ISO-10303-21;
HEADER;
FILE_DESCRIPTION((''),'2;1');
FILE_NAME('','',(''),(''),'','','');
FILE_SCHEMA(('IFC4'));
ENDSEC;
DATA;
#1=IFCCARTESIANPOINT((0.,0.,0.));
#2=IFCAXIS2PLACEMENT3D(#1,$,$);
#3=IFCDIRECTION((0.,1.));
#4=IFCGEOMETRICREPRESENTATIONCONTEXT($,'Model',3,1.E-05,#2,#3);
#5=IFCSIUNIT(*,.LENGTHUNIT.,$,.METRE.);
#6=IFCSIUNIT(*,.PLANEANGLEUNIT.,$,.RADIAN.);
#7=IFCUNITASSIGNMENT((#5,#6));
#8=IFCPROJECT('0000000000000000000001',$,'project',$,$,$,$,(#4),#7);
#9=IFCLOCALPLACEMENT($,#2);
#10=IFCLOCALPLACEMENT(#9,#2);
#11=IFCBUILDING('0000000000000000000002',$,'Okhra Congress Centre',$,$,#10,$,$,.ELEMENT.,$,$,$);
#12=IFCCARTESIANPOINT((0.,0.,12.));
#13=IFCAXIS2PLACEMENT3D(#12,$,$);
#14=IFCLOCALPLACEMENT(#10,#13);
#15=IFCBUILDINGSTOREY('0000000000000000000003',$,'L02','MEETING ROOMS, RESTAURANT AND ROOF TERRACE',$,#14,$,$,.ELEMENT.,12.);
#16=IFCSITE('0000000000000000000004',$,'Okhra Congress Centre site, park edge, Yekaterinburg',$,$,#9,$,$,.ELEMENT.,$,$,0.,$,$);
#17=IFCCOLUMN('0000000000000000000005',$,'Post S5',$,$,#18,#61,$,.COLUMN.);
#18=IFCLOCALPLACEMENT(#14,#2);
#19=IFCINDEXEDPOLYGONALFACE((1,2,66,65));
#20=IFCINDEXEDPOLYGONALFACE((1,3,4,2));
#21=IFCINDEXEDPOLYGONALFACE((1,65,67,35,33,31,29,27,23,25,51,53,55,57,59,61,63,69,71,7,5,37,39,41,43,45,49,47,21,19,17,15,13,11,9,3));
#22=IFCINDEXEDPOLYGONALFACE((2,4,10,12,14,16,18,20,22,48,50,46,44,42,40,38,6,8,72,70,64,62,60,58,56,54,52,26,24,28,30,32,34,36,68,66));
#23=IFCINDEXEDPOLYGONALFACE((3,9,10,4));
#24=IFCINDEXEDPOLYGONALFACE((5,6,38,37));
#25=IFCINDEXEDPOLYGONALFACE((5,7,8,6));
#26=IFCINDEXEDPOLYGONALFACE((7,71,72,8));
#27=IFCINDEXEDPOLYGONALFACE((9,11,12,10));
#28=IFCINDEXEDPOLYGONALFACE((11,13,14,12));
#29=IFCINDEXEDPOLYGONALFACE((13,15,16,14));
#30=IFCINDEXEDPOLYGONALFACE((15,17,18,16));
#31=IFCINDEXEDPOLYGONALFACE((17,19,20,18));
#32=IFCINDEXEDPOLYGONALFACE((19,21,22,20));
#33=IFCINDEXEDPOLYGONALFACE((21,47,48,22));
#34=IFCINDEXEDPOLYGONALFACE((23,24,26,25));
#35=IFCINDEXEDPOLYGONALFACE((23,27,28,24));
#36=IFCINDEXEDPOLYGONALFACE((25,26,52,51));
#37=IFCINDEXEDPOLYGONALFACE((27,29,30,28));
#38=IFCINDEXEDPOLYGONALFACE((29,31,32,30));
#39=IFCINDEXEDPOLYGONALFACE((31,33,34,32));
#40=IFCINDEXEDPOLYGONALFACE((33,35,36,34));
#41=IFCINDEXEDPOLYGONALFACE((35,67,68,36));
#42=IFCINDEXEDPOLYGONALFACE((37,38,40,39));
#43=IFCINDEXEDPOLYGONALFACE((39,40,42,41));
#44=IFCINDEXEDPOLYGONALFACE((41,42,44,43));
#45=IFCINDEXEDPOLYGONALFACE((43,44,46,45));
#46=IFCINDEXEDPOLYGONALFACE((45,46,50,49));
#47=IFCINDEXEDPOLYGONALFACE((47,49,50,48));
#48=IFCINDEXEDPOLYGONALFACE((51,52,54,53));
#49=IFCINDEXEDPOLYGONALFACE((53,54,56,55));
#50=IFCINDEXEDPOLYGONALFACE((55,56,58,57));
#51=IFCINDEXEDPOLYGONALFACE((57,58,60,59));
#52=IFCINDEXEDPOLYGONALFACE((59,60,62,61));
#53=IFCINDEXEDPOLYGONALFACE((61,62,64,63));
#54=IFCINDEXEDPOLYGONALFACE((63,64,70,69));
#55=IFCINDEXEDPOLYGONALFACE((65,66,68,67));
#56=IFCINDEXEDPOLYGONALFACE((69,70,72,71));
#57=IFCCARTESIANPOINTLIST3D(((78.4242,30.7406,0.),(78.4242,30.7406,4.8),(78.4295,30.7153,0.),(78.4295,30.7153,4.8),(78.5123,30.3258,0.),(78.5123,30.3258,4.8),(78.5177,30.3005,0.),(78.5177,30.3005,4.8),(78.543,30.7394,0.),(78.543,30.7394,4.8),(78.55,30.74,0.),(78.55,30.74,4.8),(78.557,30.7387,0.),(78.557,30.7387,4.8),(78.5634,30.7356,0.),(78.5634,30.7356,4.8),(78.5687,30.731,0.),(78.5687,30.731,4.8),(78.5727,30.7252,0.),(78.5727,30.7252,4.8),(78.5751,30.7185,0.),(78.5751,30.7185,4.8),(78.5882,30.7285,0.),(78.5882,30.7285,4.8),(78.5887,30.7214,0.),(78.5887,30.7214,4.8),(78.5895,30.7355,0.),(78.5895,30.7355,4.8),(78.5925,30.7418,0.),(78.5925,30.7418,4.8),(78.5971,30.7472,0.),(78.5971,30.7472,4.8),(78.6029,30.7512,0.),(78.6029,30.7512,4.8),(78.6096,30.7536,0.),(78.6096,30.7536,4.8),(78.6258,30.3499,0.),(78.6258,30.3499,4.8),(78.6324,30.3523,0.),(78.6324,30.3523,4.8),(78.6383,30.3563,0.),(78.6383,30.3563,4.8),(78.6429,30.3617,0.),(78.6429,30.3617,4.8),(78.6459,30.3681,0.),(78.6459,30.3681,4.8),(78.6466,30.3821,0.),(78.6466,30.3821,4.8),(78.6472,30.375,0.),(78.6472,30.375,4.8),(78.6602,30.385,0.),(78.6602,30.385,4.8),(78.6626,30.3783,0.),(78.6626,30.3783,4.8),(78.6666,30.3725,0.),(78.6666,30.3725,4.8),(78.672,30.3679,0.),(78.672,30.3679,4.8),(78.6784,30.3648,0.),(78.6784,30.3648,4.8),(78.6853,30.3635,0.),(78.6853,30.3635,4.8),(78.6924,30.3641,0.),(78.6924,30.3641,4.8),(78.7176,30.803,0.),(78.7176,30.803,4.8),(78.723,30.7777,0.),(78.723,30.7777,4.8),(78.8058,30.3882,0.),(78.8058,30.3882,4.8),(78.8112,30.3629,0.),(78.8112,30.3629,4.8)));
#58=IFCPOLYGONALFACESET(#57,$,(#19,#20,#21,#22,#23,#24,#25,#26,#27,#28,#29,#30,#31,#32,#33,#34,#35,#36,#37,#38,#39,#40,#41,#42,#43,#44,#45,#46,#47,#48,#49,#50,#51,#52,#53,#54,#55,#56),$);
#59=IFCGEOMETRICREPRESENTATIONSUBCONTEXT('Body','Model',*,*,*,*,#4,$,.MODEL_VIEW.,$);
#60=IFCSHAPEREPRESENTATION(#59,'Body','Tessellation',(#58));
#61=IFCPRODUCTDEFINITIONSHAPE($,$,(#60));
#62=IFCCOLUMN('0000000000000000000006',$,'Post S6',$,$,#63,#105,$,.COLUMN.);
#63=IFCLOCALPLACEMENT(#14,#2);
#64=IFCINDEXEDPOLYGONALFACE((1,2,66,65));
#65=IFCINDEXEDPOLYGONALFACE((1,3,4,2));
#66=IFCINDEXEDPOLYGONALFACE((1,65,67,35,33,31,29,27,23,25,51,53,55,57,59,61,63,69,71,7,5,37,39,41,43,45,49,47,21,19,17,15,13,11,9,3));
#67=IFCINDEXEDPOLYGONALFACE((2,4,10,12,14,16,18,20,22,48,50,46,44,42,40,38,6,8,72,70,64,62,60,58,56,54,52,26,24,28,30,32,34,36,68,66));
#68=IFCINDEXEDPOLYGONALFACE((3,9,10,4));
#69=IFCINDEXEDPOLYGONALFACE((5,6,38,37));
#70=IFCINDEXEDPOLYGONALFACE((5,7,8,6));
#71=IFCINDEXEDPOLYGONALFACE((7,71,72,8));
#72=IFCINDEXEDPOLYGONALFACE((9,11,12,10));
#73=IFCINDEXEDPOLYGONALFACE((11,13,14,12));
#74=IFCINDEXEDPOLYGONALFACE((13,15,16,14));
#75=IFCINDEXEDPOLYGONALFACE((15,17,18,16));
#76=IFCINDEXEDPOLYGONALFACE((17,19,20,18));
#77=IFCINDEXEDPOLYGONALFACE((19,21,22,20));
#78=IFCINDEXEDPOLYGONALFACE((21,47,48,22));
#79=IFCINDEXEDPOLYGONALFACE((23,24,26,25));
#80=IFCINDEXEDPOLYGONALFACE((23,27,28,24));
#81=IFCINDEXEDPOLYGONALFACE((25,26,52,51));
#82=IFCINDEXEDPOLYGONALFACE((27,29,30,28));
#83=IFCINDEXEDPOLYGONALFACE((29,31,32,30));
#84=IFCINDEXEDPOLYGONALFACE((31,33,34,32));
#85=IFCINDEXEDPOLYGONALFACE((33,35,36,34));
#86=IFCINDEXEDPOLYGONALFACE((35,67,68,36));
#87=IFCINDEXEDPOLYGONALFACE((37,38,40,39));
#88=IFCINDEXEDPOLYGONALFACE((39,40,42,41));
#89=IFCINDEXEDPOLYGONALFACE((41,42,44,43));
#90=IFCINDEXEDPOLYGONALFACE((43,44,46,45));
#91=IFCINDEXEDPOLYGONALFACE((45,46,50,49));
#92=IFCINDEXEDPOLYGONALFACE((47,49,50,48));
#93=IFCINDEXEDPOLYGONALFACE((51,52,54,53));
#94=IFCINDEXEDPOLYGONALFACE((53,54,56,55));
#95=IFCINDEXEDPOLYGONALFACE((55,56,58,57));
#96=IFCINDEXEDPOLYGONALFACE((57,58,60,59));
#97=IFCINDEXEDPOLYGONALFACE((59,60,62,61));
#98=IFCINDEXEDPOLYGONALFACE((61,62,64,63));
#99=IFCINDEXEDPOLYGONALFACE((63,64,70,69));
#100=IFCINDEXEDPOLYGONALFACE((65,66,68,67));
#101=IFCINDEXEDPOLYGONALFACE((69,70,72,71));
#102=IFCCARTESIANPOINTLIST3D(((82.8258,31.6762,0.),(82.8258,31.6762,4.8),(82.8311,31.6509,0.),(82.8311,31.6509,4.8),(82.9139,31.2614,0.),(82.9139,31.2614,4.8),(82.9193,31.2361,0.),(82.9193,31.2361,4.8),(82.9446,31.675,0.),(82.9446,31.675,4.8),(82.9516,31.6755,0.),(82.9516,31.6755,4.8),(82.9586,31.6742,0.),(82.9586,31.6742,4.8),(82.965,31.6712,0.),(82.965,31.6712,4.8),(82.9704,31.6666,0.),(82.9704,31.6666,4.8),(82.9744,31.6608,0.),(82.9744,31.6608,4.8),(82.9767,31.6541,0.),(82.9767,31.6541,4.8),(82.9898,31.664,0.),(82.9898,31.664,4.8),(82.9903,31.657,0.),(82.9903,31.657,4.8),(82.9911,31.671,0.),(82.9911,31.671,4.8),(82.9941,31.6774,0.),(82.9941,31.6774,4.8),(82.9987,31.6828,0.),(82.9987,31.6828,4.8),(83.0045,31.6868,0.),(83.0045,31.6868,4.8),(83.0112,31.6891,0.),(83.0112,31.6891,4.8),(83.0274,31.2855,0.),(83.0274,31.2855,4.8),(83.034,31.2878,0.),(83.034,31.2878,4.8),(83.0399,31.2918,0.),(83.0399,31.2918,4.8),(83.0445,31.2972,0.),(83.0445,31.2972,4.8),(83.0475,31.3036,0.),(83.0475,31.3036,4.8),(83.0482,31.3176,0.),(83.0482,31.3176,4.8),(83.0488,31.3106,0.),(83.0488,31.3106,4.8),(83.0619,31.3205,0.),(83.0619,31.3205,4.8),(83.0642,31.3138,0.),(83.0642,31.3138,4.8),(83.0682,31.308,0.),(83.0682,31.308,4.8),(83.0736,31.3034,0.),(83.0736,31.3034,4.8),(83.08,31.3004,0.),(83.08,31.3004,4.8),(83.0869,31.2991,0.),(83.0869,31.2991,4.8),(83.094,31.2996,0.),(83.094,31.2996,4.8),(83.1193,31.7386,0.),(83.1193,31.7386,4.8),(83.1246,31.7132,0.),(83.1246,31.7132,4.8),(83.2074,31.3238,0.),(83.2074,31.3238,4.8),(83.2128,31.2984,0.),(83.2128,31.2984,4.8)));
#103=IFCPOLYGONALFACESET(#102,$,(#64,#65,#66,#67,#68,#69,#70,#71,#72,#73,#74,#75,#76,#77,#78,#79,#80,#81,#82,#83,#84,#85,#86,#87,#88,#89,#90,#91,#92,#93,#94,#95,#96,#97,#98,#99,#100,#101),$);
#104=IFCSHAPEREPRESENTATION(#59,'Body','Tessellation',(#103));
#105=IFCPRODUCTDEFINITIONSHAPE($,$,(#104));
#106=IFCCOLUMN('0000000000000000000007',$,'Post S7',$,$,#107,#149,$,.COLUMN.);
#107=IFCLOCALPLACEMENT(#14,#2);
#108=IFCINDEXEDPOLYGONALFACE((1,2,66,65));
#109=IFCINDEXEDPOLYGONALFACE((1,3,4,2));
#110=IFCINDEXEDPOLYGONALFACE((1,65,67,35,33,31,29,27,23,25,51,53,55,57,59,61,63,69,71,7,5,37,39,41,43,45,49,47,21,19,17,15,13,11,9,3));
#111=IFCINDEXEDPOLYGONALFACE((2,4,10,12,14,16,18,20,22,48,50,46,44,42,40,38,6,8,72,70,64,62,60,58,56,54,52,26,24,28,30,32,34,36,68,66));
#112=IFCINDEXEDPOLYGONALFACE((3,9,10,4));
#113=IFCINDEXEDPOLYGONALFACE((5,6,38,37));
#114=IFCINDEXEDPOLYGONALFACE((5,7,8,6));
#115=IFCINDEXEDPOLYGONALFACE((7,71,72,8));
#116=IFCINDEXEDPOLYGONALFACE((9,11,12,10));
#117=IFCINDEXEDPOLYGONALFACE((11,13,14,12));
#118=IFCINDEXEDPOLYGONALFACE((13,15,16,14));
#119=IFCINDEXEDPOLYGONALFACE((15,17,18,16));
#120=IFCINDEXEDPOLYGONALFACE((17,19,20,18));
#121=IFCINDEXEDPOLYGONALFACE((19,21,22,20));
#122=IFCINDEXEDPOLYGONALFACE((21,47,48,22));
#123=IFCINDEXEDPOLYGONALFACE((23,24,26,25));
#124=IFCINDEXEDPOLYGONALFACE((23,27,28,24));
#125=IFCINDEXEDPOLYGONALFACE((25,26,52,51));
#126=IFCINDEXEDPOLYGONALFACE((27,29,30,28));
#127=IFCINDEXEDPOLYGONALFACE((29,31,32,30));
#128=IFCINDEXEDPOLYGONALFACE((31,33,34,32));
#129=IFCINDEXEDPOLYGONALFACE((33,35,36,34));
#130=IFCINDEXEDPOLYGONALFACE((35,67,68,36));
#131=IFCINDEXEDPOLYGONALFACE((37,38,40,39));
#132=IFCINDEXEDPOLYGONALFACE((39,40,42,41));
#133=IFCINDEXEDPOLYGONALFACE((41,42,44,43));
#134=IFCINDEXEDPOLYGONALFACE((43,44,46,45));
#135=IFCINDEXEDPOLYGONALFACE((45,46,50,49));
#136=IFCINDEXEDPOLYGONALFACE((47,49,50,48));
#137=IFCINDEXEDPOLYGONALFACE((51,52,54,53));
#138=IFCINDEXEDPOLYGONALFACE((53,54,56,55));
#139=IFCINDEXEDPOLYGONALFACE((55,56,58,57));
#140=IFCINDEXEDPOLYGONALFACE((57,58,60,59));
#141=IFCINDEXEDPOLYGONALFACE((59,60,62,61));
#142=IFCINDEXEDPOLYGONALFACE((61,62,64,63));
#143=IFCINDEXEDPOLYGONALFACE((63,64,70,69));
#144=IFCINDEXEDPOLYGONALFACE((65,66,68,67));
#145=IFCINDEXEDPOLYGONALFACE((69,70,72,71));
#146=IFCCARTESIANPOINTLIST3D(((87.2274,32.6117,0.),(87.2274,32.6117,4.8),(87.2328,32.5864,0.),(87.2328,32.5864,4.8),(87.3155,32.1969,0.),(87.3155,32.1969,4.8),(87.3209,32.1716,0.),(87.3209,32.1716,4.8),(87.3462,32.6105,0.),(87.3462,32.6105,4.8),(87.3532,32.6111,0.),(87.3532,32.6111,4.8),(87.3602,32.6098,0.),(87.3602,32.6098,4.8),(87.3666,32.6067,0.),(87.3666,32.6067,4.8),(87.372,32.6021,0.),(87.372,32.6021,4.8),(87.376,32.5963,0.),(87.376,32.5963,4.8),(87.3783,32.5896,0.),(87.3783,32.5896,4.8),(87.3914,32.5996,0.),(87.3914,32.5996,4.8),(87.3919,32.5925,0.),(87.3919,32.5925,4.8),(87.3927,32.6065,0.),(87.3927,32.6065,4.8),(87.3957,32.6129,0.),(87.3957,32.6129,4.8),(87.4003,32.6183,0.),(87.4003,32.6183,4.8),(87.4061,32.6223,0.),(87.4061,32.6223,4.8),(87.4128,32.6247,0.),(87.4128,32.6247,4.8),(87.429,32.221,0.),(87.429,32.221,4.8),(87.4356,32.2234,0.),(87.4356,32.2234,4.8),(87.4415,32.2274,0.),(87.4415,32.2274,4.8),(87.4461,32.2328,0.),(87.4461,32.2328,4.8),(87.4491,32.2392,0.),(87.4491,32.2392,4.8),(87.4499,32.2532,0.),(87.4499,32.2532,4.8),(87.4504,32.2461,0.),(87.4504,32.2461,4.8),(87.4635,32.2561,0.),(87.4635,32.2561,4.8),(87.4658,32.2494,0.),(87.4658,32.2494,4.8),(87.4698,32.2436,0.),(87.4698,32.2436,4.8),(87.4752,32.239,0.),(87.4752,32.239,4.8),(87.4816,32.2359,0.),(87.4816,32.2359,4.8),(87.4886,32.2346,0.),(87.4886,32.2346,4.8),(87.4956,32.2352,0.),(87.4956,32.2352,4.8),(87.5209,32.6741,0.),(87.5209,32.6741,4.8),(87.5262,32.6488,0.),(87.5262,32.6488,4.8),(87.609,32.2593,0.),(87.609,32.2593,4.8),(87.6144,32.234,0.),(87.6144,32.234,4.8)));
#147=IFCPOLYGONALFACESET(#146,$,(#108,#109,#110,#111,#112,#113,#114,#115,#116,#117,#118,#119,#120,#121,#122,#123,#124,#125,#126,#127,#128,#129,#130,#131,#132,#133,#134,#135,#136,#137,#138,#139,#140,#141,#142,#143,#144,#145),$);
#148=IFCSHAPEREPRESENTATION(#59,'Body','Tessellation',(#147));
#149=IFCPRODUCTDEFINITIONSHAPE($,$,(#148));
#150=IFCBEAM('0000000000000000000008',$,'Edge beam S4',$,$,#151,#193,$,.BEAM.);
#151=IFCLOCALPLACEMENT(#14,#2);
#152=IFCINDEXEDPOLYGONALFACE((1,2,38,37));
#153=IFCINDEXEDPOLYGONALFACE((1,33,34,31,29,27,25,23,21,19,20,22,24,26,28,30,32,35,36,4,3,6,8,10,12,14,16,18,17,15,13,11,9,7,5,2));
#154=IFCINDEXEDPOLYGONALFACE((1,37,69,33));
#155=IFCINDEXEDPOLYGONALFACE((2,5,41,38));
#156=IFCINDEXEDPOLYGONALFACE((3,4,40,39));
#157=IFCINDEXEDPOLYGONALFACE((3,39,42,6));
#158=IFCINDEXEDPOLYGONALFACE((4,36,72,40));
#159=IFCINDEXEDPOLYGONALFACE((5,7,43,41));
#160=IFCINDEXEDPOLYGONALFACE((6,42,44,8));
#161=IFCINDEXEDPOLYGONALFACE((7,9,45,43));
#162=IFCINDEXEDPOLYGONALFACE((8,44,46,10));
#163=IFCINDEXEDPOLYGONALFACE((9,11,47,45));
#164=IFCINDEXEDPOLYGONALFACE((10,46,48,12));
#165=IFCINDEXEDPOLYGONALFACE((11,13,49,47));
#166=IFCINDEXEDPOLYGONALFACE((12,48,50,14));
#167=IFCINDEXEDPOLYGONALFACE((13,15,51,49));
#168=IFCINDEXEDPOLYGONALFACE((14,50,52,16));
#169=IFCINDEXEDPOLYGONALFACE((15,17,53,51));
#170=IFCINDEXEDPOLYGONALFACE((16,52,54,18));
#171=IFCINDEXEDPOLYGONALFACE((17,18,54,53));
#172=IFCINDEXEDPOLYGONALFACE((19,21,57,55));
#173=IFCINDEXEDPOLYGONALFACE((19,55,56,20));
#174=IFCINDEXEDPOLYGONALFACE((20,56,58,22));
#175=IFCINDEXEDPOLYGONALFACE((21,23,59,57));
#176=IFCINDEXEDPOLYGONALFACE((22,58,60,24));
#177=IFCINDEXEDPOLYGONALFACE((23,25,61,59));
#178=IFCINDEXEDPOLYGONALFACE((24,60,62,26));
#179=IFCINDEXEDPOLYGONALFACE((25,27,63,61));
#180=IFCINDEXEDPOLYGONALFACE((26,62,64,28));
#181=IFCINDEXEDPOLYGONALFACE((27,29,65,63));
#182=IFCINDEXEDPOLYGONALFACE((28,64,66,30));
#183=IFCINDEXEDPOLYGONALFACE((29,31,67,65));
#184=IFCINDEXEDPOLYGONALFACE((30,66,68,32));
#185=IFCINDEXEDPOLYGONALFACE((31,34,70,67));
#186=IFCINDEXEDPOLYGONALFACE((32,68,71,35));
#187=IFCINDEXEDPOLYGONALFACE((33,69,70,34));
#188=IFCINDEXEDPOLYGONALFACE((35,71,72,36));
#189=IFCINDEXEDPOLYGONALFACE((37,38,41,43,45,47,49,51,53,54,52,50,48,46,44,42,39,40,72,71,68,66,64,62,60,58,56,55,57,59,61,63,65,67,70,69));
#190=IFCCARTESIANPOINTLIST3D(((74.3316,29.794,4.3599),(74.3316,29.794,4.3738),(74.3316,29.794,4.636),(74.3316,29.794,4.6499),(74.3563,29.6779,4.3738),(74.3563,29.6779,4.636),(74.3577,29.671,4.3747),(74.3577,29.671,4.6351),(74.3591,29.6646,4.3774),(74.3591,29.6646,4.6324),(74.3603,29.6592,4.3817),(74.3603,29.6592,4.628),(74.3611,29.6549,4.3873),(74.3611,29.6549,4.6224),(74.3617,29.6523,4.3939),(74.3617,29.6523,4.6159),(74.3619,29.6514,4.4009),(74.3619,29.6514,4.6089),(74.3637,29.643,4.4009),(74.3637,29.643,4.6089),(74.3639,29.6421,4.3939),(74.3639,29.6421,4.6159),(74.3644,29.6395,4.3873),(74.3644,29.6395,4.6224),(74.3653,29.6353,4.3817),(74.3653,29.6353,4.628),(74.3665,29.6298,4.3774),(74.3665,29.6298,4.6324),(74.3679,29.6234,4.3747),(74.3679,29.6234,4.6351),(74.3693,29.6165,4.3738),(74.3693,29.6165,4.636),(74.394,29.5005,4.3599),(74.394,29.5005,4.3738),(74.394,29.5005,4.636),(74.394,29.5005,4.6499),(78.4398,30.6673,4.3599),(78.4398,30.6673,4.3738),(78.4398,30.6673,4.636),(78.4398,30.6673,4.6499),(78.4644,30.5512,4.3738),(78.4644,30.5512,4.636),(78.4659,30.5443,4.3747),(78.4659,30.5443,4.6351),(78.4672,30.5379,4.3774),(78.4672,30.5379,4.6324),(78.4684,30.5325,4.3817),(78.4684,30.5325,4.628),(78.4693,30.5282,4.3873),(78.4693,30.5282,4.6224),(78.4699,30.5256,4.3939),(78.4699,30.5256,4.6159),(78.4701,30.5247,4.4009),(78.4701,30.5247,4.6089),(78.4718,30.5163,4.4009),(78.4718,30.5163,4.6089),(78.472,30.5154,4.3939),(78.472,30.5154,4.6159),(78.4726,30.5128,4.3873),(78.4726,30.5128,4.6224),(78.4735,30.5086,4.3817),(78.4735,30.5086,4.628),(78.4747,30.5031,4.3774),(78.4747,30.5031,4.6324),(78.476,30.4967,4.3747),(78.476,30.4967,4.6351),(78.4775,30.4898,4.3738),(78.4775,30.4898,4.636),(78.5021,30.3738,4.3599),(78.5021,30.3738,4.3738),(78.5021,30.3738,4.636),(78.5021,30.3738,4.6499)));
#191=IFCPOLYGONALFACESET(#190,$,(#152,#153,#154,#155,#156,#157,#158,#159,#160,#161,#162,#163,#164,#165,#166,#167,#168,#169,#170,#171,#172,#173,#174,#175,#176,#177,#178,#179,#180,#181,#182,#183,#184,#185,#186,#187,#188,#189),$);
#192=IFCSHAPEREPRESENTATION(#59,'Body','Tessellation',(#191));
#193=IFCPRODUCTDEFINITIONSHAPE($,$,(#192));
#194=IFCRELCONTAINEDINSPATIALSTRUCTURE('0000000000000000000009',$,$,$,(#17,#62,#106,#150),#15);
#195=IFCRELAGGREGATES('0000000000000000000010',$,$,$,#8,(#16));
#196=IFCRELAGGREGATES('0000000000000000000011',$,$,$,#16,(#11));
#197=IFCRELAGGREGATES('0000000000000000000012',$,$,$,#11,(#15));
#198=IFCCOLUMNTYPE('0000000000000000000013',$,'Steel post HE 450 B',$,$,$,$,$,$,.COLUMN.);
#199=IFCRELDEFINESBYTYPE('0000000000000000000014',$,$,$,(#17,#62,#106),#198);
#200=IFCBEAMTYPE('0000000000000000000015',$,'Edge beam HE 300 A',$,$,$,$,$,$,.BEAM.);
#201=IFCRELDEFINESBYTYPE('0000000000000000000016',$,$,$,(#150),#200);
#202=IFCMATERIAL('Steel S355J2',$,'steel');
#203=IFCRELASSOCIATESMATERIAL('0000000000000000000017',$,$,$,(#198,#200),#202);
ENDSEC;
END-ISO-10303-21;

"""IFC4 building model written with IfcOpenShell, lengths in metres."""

from ifc_helpers import new_model, si_unit, direction, frame, origin, origin_2d, place, context, subcontext, project, spatial, i_section, extrude, material, material_profile, profile_set, type_object, element, save


model = new_model("IFC4")

# Units and contexts
model_context = context("Model", 3, precision=1e-05, world=origin(), true_north=direction((0.0, 1.0)))
body_context = subcontext(model_context, "Body", "Model", "MODEL_VIEW")
ifc_project = project(units=[si_unit("LENGTHUNIT", "METRE"), si_unit("PLANEANGLEUNIT", "RADIAN")], contexts=[model_context])

# Site, building, storey
site_placement = place(None, origin())
site = spatial("IfcSite", under=ifc_project, at=site_placement, Name="Okhra Congress Centre site, park edge, Yekaterinburg", CompositionType="ELEMENT", RefElevation=0.0)
building_placement = place(site_placement, origin())
building = spatial("IfcBuilding", under=site, at=building_placement, Name="Okhra Congress Centre", CompositionType="ELEMENT")
storey_placement = place(building_placement, frame((0.0, 0.0, 12.0)))
storey = spatial("IfcBuildingStorey", under=building, at=storey_placement, Name="L02", Description="MEETING ROOMS, RESTAURANT AND ROOF TERRACE", CompositionType="ELEMENT", Elevation=12.0)

# Columns
ifc_material_1 = material(Name="Steel S355J2", Category="steel")
ifc_material_profile_1 = material_profile(ifc_material_1, i_section(OverallWidth=0.3, OverallDepth=0.45, WebThickness=0.0139, FlangeThickness=0.0259, FilletRadius=0.0271, at=origin_2d()), Name="HE 450 B")
ifc_profile_set_1 = profile_set([ifc_material_profile_1], Name="Steel S355J2")
column_type = type_object("IfcColumnType", Name="Steel post HE 450 B", PredefinedType="COLUMN", material=ifc_profile_set_1)
for number, where, z_axis, x_axis, name in (
    (1, (78.6177, 30.5518, 0.0), (0.0, 0.0, 1.0), (0.978148, 0.207912, 0.0), "Post S5"),
    (2, (83.0193, 31.4873, 0.0), (0.0, 0.0, 1.0), (0.978148, 0.207912, 0.0), "Post S6"),
    (3, (87.4209, 32.4229, 0.0), (0.0, 0.0, 1.0), (0.978148, 0.207912, 0.0), "Post S7"),
):
    element("IfcColumn", number, at=place(storey_placement, frame(where, z_axis=z_axis, x_axis=x_axis)), inside=storey, type_object=column_type, Name=name, PredefinedType="COLUMN", context=body_context, shape_type="SweptSolid", body=[
        extrude(i_section(OverallWidth=0.3, OverallDepth=0.45, WebThickness=0.0139, FlangeThickness=0.0259, FilletRadius=0.0271, at=origin_2d()), origin(), (0.0, 0.0, 1.0), 4.8),
    ])

# Beam
ifc_material_profile_2 = material_profile(ifc_material_1, i_section(OverallWidth=0.3, OverallDepth=0.29, WebThickness=0.0085, FlangeThickness=0.0139, FilletRadius=0.0271, at=origin_2d()), Name="HE 300 A")
ifc_profile_set_2 = profile_set([ifc_material_profile_2], Name="Steel S355J2")
beam_type_1 = type_object("IfcBeamType", Name="Edge beam HE 300 A", PredefinedType="BEAM", material=ifc_profile_set_2)
for number, where, z_axis, x_axis, name in (
    (4, (74.3628, 29.6472, 4.5049), (0.978144, 0.207929, 0.0), (-0.207929, 0.978144, 0.0), "Edge beam S4"),
):
    element("IfcBeam", number, at=place(storey_placement, frame(where, z_axis=z_axis, x_axis=x_axis)), inside=storey, type_object=beam_type_1, Name=name, PredefinedType="BEAM", context=body_context, shape_type="SweptSolid", body=[
        extrude(i_section(OverallWidth=0.3, OverallDepth=0.29, WebThickness=0.0085, FlangeThickness=0.0139, FilletRadius=0.0271, at=origin_2d()), origin(), (0.0, 0.0, 1.0), 4.2),
    ])

save(model, "model.ifc")
